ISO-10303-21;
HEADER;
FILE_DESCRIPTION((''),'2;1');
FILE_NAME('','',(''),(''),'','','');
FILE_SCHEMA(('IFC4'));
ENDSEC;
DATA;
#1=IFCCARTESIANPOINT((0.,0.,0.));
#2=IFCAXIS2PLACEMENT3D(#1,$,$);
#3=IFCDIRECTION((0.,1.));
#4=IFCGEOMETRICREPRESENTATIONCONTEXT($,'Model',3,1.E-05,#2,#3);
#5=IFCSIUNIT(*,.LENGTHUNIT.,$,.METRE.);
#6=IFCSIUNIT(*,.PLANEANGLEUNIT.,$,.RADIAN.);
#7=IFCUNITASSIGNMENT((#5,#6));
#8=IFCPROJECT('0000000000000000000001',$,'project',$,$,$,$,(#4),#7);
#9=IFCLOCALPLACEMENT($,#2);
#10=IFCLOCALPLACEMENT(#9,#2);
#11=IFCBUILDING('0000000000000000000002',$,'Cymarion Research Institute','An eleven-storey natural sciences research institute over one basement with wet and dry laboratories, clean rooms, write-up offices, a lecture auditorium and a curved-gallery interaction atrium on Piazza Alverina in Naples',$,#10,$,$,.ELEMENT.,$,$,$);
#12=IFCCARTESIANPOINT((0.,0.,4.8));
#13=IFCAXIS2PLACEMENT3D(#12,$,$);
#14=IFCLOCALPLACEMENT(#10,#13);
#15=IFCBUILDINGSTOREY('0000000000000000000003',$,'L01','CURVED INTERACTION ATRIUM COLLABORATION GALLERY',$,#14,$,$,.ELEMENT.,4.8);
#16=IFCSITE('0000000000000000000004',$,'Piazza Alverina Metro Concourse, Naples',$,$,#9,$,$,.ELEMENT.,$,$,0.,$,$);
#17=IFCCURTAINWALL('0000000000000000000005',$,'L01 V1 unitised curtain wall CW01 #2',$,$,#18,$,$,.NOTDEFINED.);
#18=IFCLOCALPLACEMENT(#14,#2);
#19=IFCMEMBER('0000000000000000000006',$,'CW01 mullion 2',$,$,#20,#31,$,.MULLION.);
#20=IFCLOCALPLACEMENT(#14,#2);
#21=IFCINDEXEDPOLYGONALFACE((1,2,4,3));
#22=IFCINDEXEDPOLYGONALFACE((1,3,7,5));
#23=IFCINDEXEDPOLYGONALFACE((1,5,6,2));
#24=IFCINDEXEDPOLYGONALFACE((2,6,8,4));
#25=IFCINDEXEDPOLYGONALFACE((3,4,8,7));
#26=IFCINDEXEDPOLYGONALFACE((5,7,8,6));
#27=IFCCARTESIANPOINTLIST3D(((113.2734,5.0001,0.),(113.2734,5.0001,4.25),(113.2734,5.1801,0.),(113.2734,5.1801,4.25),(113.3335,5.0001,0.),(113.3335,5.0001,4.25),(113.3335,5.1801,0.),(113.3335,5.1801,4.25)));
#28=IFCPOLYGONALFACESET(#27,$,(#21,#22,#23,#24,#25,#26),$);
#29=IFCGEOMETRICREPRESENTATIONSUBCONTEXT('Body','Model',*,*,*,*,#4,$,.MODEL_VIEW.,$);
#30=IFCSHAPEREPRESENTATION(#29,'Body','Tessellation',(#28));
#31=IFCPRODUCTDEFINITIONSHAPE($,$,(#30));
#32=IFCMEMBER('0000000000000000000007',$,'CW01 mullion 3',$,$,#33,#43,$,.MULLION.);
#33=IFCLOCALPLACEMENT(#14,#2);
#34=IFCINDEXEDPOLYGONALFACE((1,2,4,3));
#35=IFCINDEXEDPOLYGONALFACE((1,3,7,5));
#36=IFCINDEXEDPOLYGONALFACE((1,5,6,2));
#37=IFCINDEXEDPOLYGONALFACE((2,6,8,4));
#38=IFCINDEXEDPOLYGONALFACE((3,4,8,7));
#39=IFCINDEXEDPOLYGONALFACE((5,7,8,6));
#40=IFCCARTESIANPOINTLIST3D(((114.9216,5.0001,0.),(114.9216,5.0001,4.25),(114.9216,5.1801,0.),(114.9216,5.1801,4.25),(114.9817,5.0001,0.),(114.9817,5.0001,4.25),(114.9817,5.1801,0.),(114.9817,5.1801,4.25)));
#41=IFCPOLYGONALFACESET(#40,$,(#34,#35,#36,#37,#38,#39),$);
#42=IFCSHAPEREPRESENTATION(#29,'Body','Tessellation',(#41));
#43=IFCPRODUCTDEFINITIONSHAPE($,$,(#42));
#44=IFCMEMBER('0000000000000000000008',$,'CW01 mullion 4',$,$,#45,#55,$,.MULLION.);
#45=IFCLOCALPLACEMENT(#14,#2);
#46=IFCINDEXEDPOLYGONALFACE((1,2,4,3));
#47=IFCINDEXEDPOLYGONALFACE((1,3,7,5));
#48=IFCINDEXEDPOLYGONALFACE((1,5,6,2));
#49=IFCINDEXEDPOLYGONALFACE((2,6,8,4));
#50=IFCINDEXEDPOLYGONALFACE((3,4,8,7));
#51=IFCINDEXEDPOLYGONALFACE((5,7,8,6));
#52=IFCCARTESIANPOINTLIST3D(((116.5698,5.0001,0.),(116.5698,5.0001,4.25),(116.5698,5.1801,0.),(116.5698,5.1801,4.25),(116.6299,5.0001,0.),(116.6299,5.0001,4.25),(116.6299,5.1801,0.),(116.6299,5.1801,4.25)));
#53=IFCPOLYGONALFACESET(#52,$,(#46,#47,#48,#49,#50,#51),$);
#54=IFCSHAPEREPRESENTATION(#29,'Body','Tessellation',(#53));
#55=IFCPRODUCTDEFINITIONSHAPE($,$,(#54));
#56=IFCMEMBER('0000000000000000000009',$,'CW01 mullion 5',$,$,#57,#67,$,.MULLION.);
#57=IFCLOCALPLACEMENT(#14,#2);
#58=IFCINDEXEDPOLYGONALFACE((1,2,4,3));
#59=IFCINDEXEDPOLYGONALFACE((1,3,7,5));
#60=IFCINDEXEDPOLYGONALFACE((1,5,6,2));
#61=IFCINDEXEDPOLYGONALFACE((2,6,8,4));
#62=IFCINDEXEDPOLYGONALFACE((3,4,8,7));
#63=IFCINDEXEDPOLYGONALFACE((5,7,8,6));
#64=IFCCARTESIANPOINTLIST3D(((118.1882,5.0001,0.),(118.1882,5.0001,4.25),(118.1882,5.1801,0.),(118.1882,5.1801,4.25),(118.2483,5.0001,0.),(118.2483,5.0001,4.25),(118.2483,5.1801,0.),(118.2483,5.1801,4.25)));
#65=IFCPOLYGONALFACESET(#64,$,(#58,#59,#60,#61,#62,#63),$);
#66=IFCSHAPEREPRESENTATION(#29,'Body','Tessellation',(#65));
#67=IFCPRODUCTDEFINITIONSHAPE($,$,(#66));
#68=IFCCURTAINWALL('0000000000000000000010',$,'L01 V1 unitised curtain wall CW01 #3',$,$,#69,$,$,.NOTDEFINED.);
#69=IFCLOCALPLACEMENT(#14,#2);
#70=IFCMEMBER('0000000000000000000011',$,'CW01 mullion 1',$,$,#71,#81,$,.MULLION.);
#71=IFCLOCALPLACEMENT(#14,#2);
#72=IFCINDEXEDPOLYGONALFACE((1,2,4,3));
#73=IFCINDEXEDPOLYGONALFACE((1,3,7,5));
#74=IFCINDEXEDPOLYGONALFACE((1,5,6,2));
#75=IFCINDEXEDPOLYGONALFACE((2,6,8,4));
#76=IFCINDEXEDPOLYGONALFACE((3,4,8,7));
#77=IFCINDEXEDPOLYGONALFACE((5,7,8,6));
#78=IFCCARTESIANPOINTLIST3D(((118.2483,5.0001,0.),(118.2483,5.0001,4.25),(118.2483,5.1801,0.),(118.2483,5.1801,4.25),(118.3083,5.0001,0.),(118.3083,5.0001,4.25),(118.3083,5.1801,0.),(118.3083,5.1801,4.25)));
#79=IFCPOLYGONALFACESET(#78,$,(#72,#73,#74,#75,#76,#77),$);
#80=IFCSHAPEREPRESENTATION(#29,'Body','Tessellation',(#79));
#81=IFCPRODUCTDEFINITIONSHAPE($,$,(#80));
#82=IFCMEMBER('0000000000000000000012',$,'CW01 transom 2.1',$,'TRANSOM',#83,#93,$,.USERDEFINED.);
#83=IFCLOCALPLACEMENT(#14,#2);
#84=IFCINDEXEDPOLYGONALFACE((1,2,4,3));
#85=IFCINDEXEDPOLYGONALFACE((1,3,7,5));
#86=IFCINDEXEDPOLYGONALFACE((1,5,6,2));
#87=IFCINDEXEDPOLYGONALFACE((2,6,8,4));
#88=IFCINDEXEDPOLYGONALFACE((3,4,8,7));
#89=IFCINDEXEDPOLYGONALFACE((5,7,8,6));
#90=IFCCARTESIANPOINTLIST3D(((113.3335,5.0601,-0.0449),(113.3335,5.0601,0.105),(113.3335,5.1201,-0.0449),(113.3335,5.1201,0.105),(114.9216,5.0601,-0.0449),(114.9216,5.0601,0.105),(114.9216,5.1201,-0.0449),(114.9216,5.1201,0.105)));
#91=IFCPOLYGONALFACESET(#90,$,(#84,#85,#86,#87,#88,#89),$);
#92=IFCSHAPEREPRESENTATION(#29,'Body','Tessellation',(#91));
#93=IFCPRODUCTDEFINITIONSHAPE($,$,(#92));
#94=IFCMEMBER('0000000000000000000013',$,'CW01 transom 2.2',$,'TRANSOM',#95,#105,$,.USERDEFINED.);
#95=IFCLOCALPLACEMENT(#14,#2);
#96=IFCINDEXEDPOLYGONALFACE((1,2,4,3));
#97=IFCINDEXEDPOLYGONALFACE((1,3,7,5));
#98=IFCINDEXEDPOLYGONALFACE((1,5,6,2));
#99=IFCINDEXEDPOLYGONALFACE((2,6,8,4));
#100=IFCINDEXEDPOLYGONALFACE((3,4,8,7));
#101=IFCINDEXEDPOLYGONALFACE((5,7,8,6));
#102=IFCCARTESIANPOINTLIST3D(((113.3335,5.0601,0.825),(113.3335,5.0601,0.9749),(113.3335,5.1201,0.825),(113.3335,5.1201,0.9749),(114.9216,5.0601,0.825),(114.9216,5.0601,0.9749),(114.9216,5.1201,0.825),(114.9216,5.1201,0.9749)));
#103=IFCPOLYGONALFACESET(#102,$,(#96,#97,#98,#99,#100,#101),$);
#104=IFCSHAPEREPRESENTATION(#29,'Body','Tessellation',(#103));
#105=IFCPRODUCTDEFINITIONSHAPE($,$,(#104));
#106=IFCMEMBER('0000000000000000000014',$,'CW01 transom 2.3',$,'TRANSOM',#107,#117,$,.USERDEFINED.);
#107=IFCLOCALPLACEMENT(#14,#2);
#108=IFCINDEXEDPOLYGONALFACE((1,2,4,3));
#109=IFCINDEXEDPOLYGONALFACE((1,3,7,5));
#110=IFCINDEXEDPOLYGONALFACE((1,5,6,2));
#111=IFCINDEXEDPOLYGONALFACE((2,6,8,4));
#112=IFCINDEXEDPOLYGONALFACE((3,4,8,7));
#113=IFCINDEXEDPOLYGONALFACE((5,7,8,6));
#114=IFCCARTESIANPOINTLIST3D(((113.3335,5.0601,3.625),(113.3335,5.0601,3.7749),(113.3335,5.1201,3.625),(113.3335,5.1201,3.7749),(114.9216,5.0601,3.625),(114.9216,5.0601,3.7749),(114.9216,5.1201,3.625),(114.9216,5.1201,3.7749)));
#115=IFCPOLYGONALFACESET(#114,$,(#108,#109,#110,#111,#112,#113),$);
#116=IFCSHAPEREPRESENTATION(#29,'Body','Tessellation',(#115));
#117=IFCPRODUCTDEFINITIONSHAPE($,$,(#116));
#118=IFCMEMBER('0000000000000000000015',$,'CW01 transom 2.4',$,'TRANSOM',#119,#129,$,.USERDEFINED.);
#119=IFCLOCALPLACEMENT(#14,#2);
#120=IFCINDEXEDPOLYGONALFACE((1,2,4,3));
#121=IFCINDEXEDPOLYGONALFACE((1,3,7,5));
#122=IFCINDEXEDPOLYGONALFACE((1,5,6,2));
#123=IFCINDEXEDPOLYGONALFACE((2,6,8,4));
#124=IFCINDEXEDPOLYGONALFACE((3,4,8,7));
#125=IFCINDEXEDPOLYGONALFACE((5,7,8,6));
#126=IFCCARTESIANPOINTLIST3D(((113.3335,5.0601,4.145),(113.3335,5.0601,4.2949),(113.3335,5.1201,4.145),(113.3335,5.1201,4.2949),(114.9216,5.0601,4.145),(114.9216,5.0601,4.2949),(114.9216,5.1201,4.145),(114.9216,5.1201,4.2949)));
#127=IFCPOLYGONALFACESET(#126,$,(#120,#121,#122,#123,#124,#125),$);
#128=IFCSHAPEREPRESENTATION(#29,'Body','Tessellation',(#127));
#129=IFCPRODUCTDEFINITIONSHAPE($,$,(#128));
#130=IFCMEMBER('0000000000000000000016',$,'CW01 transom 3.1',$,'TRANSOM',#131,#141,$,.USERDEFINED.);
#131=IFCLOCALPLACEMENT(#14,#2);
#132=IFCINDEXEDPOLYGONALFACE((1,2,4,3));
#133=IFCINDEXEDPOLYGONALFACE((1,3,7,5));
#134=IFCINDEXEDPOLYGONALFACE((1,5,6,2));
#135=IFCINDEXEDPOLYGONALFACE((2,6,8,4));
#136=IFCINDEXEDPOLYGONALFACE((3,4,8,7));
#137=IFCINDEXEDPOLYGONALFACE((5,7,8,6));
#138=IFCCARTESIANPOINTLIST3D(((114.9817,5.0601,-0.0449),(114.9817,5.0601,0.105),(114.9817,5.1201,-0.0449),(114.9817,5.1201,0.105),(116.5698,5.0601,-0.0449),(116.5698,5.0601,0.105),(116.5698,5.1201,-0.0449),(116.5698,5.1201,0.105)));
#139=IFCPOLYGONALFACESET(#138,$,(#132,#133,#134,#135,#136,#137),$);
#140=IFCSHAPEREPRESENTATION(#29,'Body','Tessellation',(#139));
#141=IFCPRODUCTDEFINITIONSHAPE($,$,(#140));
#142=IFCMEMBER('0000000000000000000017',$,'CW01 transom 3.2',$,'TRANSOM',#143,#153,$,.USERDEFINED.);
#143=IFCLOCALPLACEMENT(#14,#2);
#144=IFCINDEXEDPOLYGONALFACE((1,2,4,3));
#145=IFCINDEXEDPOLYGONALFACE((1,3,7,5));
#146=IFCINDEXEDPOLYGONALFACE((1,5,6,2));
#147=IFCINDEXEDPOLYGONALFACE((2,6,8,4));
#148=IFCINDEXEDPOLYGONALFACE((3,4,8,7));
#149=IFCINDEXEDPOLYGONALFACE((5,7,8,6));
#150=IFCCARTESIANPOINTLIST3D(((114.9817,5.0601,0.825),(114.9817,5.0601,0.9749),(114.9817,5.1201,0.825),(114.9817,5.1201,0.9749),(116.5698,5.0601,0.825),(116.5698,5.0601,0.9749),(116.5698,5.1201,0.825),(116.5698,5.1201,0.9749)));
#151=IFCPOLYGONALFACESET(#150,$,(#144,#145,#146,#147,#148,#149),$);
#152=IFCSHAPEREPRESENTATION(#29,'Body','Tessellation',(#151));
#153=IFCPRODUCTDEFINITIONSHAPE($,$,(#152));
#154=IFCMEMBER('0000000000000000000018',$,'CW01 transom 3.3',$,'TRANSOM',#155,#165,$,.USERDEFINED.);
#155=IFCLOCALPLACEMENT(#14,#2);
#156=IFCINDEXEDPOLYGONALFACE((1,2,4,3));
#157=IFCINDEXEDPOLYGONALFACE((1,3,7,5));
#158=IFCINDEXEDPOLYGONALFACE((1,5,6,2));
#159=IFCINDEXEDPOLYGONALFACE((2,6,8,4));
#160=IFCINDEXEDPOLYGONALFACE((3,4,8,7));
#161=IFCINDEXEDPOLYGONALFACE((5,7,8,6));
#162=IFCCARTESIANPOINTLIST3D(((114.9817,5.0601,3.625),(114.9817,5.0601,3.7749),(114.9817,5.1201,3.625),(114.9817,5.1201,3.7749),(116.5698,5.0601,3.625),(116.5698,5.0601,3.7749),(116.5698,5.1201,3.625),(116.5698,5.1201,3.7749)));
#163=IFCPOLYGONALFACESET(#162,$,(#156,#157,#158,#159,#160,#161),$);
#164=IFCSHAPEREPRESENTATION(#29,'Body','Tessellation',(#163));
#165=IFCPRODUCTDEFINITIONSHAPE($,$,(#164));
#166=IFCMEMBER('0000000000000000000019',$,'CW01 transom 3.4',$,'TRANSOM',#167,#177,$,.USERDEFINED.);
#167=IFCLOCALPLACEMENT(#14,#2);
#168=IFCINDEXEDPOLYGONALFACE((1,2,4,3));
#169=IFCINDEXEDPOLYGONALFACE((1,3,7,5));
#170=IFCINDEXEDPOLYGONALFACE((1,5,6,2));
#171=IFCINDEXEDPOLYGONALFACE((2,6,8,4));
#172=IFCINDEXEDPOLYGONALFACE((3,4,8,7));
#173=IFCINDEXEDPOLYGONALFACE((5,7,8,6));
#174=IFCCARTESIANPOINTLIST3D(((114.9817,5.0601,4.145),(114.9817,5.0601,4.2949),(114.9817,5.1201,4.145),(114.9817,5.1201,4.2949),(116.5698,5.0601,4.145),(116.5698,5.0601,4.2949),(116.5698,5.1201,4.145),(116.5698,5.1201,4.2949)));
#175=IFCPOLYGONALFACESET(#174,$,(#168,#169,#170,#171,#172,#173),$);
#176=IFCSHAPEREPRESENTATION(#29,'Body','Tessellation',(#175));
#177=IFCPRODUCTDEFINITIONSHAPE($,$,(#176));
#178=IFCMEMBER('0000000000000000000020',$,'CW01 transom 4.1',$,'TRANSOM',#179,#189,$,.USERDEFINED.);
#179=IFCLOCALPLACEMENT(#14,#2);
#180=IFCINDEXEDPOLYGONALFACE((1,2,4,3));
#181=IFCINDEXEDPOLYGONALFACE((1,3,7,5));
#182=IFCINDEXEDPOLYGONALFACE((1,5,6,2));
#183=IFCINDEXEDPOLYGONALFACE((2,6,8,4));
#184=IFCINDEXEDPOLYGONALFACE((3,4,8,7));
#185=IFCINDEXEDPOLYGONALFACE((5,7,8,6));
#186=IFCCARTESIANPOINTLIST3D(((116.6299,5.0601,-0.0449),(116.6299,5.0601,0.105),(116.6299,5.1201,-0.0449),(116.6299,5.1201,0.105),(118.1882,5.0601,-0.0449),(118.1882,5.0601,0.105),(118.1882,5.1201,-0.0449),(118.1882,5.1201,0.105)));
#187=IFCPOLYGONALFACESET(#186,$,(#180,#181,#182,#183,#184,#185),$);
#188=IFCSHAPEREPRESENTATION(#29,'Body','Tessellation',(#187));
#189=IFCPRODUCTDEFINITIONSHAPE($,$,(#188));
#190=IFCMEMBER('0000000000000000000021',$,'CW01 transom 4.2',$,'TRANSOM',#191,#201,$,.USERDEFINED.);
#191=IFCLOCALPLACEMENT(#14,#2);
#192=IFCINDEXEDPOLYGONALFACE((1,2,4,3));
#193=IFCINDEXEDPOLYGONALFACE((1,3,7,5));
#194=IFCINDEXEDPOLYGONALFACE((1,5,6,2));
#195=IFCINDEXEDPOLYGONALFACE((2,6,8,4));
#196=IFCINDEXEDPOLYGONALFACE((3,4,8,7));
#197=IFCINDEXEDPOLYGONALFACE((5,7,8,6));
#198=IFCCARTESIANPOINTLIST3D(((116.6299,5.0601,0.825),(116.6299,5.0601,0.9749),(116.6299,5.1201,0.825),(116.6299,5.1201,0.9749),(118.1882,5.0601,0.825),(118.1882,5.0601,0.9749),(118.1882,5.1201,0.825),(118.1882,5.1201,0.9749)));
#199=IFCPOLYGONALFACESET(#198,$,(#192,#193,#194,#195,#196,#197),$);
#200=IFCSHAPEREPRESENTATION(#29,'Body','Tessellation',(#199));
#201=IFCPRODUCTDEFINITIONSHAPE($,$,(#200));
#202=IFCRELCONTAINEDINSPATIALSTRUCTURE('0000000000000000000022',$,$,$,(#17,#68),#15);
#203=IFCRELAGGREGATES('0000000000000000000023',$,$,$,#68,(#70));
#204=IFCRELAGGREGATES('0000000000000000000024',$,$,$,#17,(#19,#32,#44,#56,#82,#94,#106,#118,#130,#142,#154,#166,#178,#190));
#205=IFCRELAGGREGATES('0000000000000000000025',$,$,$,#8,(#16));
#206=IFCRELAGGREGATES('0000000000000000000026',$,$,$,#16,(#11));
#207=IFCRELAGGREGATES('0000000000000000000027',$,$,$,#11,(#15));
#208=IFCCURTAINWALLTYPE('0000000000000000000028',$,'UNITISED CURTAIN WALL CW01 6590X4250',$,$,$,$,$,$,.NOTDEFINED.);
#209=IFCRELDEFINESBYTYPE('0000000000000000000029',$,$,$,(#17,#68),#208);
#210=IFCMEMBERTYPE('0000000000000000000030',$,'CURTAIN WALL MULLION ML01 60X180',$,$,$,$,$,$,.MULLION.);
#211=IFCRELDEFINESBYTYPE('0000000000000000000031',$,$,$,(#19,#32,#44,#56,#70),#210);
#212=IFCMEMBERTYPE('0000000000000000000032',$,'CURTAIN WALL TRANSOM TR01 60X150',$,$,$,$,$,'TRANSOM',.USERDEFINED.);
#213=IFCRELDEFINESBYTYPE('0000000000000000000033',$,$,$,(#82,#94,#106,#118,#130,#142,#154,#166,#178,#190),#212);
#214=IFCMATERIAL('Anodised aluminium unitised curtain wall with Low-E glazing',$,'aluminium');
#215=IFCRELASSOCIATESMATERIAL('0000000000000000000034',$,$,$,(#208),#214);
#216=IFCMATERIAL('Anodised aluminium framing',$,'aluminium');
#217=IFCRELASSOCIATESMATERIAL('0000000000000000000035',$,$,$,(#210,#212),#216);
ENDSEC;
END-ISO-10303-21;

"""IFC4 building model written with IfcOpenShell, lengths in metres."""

from ifc_helpers import new_model, si_unit, direction, frame, origin, origin_2d, place, context, subcontext, project, spatial, rectangle, extrude, material, material_profile, profile_set, type_object, element, aggregate, save


model = new_model("IFC4")

# Units and contexts
model_context = context("Model", 3, precision=1e-05, world=origin(), true_north=direction((0.0, 1.0)))
body_context = subcontext(model_context, "Body", "Model", "MODEL_VIEW")
ifc_project = project(units=[si_unit("LENGTHUNIT", "METRE"), si_unit("PLANEANGLEUNIT", "RADIAN")], contexts=[model_context])

# Site, building, storey
site_placement = place(None, origin())
site = spatial("IfcSite", under=ifc_project, at=site_placement, Name="Piazza Alverina Metro Concourse, Naples", CompositionType="ELEMENT", RefElevation=0.0)
building_placement = place(site_placement, origin())
building = spatial("IfcBuilding", under=site, at=building_placement, Name="Cymarion Research Institute", Description="An eleven-storey natural sciences research institute over one basement with wet and dry laboratories, clean rooms, write-up offices, a lecture auditorium and a curved-gallery interaction atrium on Piazza Alverina in Naples", CompositionType="ELEMENT")
storey_placement = place(building_placement, frame((0.0, 0.0, 4.8)))
storey = spatial("IfcBuildingStorey", under=building, at=storey_placement, Name="L01", Description="CURVED INTERACTION ATRIUM COLLABORATION GALLERY", CompositionType="ELEMENT", Elevation=4.8)

# Curtain wall, members
ifc_material_1 = material(Name="Anodised aluminium unitised curtain wall with Low-E glazing", Category="aluminium")
curtain_wall_type = type_object("IfcCurtainWallType", Name="UNITISED CURTAIN WALL CW01 6590X4250", PredefinedType="NOTDEFINED", material=ifc_material_1)
curtain_wall_1_placement = place(storey_placement, origin())
curtain_wall_1 = element("IfcCurtainWall", 1, at=curtain_wall_1_placement, inside=storey, type_object=curtain_wall_type, Name="L01 V1 unitised curtain wall CW01 #2", PredefinedType="NOTDEFINED")
ifc_material_2 = material(Name="Anodised aluminium framing", Category="aluminium")
ifc_material_profile_1 = material_profile(ifc_material_2, rectangle(XDim=0.0601, YDim=0.1799, at=origin_2d()), Name="ALU MULLION 60x180")
ifc_profile_set_1 = profile_set([ifc_material_profile_1], Name="Anodised aluminium framing")
member_type_1 = type_object("IfcMemberType", Name="CURTAIN WALL MULLION ML01 60X180", PredefinedType="MULLION", material=ifc_profile_set_1)
member_1_placement = place(storey_placement, frame((113.3035, 5.0901, 0.0), z_axis=(0.0, 0.0, 1.0), x_axis=(1.0, 0.0, 0.0)))
member_1 = element("IfcMember", 2, at=member_1_placement, type_object=member_type_1, Name="CW01 mullion 2", PredefinedType="MULLION", context=body_context, shape_type="SweptSolid", body=[
    extrude(rectangle(XDim=0.0601, YDim=0.1799, at=origin_2d()), origin(), (0.0, 0.0, 1.0), 4.25),
])
member_2_placement = place(storey_placement, frame((114.9517, 5.0901, 0.0), z_axis=(0.0, 0.0, 1.0), x_axis=(1.0, 0.0, 0.0)))
member_2 = element("IfcMember", 3, at=member_2_placement, type_object=member_type_1, Name="CW01 mullion 3", PredefinedType="MULLION", context=body_context, shape_type="SweptSolid", body=[
    extrude(rectangle(XDim=0.0601, YDim=0.1799, at=origin_2d()), origin(), (0.0, 0.0, 1.0), 4.25),
])
member_3_placement = place(storey_placement, frame((116.5999, 5.0901, 0.0), z_axis=(0.0, 0.0, 1.0), x_axis=(1.0, 0.0, 0.0)))
member_3 = element("IfcMember", 4, at=member_3_placement, type_object=member_type_1, Name="CW01 mullion 4", PredefinedType="MULLION", context=body_context, shape_type="SweptSolid", body=[
    extrude(rectangle(XDim=0.0601, YDim=0.1799, at=origin_2d()), origin(), (0.0, 0.0, 1.0), 4.25),
])
member_4_placement = place(storey_placement, frame((118.2183, 5.0901, 0.0), z_axis=(0.0, 0.0, 1.0), x_axis=(1.0, 0.0, 0.0)))
member_4 = element("IfcMember", 5, at=member_4_placement, type_object=member_type_1, Name="CW01 mullion 5", PredefinedType="MULLION", context=body_context, shape_type="SweptSolid", body=[
    extrude(rectangle(XDim=0.0601, YDim=0.1799, at=origin_2d()), origin(), (0.0, 0.0, 1.0), 4.25),
])

# Curtain wall, member
curtain_wall_2_placement = place(storey_placement, origin())
curtain_wall_2 = element("IfcCurtainWall", 6, at=curtain_wall_2_placement, inside=storey, type_object=curtain_wall_type, Name="L01 V1 unitised curtain wall CW01 #3", PredefinedType="NOTDEFINED")
member_5_placement = place(storey_placement, frame((118.2783, 5.0901, 0.0), z_axis=(0.0, 0.0, 1.0), x_axis=(1.0, 0.0, 0.0)))
member_5 = element("IfcMember", 7, at=member_5_placement, type_object=member_type_1, Name="CW01 mullion 1", PredefinedType="MULLION", context=body_context, shape_type="SweptSolid", body=[
    extrude(rectangle(XDim=0.0601, YDim=0.1799, at=origin_2d()), origin(), (0.0, 0.0, 1.0), 4.25),
])

# Members
ifc_material_profile_2 = material_profile(ifc_material_2, rectangle(XDim=0.0601, YDim=0.1499, at=origin_2d()), Name="ALU TRANSOM 60x150")
ifc_profile_set_2 = profile_set([ifc_material_profile_2], Name="Anodised aluminium framing")
member_type_2 = type_object("IfcMemberType", Name="CURTAIN WALL TRANSOM TR01 60X150", ElementType="TRANSOM", PredefinedType="USERDEFINED", material=ifc_profile_set_2)
member_6_placement = place(storey_placement, frame((113.3335, 5.0901, 0.03), z_axis=(1.0, 0.0, 0.0), x_axis=(0.0, 1.0, 0.0)))
member_6 = element("IfcMember", 8, at=member_6_placement, type_object=member_type_2, Name="CW01 transom 2.1", ObjectType="TRANSOM", PredefinedType="USERDEFINED", context=body_context, shape_type="SweptSolid", body=[
    extrude(rectangle(XDim=0.0601, YDim=0.1499, at=origin_2d()), origin(), (0.0, 0.0, 1.0), 1.5881),
])
member_7_placement = place(storey_placement, frame((113.3335, 5.0901, 0.8999), z_axis=(1.0, 0.0, 0.0), x_axis=(0.0, 1.0, 0.0)))
member_7 = element("IfcMember", 9, at=member_7_placement, type_object=member_type_2, Name="CW01 transom 2.2", ObjectType="TRANSOM", PredefinedType="USERDEFINED", context=body_context, shape_type="SweptSolid", body=[
    extrude(rectangle(XDim=0.0601, YDim=0.1499, at=origin_2d()), origin(), (0.0, 0.0, 1.0), 1.5881),
])
member_8_placement = place(storey_placement, frame((113.3335, 5.0901, 3.7), z_axis=(1.0, 0.0, 0.0), x_axis=(0.0, 1.0, 0.0)))
member_8 = element("IfcMember", 10, at=member_8_placement, type_object=member_type_2, Name="CW01 transom 2.3", ObjectType="TRANSOM", PredefinedType="USERDEFINED", context=body_context, shape_type="SweptSolid", body=[
    extrude(rectangle(XDim=0.0601, YDim=0.1499, at=origin_2d()), origin(), (0.0, 0.0, 1.0), 1.5881),
])
member_9_placement = place(storey_placement, frame((113.3335, 5.0901, 4.22), z_axis=(1.0, 0.0, 0.0), x_axis=(0.0, 1.0, 0.0)))
member_9 = element("IfcMember", 11, at=member_9_placement, type_object=member_type_2, Name="CW01 transom 2.4", ObjectType="TRANSOM", PredefinedType="USERDEFINED", context=body_context, shape_type="SweptSolid", body=[
    extrude(rectangle(XDim=0.0601, YDim=0.1499, at=origin_2d()), origin(), (0.0, 0.0, 1.0), 1.5881),
])
member_10_placement = place(storey_placement, frame((114.9817, 5.0901, 0.03), z_axis=(1.0, 0.0, 0.0), x_axis=(0.0, 1.0, 0.0)))
member_10 = element("IfcMember", 12, at=member_10_placement, type_object=member_type_2, Name="CW01 transom 3.1", ObjectType="TRANSOM", PredefinedType="USERDEFINED", context=body_context, shape_type="SweptSolid", body=[
    extrude(rectangle(XDim=0.0601, YDim=0.1499, at=origin_2d()), origin(), (0.0, 0.0, 1.0), 1.5881),
])
member_11_placement = place(storey_placement, frame((114.9817, 5.0901, 0.8999), z_axis=(1.0, 0.0, 0.0), x_axis=(0.0, 1.0, 0.0)))
member_11 = element("IfcMember", 13, at=member_11_placement, type_object=member_type_2, Name="CW01 transom 3.2", ObjectType="TRANSOM", PredefinedType="USERDEFINED", context=body_context, shape_type="SweptSolid", body=[
    extrude(rectangle(XDim=0.0601, YDim=0.1499, at=origin_2d()), origin(), (0.0, 0.0, 1.0), 1.5881),
])
member_12_placement = place(storey_placement, frame((114.9817, 5.0901, 3.7), z_axis=(1.0, 0.0, 0.0), x_axis=(0.0, 1.0, 0.0)))
member_12 = element("IfcMember", 14, at=member_12_placement, type_object=member_type_2, Name="CW01 transom 3.3", ObjectType="TRANSOM", PredefinedType="USERDEFINED", context=body_context, shape_type="SweptSolid", body=[
    extrude(rectangle(XDim=0.0601, YDim=0.1499, at=origin_2d()), origin(), (0.0, 0.0, 1.0), 1.5881),
])
member_13_placement = place(storey_placement, frame((114.9817, 5.0901, 4.22), z_axis=(1.0, 0.0, 0.0), x_axis=(0.0, 1.0, 0.0)))
member_13 = element("IfcMember", 15, at=member_13_placement, type_object=member_type_2, Name="CW01 transom 3.4", ObjectType="TRANSOM", PredefinedType="USERDEFINED", context=body_context, shape_type="SweptSolid", body=[
    extrude(rectangle(XDim=0.0601, YDim=0.1499, at=origin_2d()), origin(), (0.0, 0.0, 1.0), 1.5881),
])
member_14_placement = place(storey_placement, frame((116.6299, 5.0901, 0.03), z_axis=(1.0, 0.0, 0.0), x_axis=(0.0, 1.0, 0.0)))
member_14 = element("IfcMember", 16, at=member_14_placement, type_object=member_type_2, Name="CW01 transom 4.1", ObjectType="TRANSOM", PredefinedType="USERDEFINED", context=body_context, shape_type="SweptSolid", body=[
    extrude(rectangle(XDim=0.0601, YDim=0.1499, at=origin_2d()), origin(), (0.0, 0.0, 1.0), 1.5583),
])
member_15_placement = place(storey_placement, frame((116.6299, 5.0901, 0.8999), z_axis=(1.0, 0.0, 0.0), x_axis=(0.0, 1.0, 0.0)))
member_15 = element("IfcMember", 17, at=member_15_placement, type_object=member_type_2, Name="CW01 transom 4.2", ObjectType="TRANSOM", PredefinedType="USERDEFINED", context=body_context, shape_type="SweptSolid", body=[
    extrude(rectangle(XDim=0.0601, YDim=0.1499, at=origin_2d()), origin(), (0.0, 0.0, 1.0), 1.5583),
])
aggregate(curtain_wall_2, [member_5])

aggregate(curtain_wall_1, [member_1, member_2, member_3, member_4, member_6, member_7, member_8, member_9, member_10, member_11, member_12, member_13, member_14, member_15])

save(model, "model.ifc")
